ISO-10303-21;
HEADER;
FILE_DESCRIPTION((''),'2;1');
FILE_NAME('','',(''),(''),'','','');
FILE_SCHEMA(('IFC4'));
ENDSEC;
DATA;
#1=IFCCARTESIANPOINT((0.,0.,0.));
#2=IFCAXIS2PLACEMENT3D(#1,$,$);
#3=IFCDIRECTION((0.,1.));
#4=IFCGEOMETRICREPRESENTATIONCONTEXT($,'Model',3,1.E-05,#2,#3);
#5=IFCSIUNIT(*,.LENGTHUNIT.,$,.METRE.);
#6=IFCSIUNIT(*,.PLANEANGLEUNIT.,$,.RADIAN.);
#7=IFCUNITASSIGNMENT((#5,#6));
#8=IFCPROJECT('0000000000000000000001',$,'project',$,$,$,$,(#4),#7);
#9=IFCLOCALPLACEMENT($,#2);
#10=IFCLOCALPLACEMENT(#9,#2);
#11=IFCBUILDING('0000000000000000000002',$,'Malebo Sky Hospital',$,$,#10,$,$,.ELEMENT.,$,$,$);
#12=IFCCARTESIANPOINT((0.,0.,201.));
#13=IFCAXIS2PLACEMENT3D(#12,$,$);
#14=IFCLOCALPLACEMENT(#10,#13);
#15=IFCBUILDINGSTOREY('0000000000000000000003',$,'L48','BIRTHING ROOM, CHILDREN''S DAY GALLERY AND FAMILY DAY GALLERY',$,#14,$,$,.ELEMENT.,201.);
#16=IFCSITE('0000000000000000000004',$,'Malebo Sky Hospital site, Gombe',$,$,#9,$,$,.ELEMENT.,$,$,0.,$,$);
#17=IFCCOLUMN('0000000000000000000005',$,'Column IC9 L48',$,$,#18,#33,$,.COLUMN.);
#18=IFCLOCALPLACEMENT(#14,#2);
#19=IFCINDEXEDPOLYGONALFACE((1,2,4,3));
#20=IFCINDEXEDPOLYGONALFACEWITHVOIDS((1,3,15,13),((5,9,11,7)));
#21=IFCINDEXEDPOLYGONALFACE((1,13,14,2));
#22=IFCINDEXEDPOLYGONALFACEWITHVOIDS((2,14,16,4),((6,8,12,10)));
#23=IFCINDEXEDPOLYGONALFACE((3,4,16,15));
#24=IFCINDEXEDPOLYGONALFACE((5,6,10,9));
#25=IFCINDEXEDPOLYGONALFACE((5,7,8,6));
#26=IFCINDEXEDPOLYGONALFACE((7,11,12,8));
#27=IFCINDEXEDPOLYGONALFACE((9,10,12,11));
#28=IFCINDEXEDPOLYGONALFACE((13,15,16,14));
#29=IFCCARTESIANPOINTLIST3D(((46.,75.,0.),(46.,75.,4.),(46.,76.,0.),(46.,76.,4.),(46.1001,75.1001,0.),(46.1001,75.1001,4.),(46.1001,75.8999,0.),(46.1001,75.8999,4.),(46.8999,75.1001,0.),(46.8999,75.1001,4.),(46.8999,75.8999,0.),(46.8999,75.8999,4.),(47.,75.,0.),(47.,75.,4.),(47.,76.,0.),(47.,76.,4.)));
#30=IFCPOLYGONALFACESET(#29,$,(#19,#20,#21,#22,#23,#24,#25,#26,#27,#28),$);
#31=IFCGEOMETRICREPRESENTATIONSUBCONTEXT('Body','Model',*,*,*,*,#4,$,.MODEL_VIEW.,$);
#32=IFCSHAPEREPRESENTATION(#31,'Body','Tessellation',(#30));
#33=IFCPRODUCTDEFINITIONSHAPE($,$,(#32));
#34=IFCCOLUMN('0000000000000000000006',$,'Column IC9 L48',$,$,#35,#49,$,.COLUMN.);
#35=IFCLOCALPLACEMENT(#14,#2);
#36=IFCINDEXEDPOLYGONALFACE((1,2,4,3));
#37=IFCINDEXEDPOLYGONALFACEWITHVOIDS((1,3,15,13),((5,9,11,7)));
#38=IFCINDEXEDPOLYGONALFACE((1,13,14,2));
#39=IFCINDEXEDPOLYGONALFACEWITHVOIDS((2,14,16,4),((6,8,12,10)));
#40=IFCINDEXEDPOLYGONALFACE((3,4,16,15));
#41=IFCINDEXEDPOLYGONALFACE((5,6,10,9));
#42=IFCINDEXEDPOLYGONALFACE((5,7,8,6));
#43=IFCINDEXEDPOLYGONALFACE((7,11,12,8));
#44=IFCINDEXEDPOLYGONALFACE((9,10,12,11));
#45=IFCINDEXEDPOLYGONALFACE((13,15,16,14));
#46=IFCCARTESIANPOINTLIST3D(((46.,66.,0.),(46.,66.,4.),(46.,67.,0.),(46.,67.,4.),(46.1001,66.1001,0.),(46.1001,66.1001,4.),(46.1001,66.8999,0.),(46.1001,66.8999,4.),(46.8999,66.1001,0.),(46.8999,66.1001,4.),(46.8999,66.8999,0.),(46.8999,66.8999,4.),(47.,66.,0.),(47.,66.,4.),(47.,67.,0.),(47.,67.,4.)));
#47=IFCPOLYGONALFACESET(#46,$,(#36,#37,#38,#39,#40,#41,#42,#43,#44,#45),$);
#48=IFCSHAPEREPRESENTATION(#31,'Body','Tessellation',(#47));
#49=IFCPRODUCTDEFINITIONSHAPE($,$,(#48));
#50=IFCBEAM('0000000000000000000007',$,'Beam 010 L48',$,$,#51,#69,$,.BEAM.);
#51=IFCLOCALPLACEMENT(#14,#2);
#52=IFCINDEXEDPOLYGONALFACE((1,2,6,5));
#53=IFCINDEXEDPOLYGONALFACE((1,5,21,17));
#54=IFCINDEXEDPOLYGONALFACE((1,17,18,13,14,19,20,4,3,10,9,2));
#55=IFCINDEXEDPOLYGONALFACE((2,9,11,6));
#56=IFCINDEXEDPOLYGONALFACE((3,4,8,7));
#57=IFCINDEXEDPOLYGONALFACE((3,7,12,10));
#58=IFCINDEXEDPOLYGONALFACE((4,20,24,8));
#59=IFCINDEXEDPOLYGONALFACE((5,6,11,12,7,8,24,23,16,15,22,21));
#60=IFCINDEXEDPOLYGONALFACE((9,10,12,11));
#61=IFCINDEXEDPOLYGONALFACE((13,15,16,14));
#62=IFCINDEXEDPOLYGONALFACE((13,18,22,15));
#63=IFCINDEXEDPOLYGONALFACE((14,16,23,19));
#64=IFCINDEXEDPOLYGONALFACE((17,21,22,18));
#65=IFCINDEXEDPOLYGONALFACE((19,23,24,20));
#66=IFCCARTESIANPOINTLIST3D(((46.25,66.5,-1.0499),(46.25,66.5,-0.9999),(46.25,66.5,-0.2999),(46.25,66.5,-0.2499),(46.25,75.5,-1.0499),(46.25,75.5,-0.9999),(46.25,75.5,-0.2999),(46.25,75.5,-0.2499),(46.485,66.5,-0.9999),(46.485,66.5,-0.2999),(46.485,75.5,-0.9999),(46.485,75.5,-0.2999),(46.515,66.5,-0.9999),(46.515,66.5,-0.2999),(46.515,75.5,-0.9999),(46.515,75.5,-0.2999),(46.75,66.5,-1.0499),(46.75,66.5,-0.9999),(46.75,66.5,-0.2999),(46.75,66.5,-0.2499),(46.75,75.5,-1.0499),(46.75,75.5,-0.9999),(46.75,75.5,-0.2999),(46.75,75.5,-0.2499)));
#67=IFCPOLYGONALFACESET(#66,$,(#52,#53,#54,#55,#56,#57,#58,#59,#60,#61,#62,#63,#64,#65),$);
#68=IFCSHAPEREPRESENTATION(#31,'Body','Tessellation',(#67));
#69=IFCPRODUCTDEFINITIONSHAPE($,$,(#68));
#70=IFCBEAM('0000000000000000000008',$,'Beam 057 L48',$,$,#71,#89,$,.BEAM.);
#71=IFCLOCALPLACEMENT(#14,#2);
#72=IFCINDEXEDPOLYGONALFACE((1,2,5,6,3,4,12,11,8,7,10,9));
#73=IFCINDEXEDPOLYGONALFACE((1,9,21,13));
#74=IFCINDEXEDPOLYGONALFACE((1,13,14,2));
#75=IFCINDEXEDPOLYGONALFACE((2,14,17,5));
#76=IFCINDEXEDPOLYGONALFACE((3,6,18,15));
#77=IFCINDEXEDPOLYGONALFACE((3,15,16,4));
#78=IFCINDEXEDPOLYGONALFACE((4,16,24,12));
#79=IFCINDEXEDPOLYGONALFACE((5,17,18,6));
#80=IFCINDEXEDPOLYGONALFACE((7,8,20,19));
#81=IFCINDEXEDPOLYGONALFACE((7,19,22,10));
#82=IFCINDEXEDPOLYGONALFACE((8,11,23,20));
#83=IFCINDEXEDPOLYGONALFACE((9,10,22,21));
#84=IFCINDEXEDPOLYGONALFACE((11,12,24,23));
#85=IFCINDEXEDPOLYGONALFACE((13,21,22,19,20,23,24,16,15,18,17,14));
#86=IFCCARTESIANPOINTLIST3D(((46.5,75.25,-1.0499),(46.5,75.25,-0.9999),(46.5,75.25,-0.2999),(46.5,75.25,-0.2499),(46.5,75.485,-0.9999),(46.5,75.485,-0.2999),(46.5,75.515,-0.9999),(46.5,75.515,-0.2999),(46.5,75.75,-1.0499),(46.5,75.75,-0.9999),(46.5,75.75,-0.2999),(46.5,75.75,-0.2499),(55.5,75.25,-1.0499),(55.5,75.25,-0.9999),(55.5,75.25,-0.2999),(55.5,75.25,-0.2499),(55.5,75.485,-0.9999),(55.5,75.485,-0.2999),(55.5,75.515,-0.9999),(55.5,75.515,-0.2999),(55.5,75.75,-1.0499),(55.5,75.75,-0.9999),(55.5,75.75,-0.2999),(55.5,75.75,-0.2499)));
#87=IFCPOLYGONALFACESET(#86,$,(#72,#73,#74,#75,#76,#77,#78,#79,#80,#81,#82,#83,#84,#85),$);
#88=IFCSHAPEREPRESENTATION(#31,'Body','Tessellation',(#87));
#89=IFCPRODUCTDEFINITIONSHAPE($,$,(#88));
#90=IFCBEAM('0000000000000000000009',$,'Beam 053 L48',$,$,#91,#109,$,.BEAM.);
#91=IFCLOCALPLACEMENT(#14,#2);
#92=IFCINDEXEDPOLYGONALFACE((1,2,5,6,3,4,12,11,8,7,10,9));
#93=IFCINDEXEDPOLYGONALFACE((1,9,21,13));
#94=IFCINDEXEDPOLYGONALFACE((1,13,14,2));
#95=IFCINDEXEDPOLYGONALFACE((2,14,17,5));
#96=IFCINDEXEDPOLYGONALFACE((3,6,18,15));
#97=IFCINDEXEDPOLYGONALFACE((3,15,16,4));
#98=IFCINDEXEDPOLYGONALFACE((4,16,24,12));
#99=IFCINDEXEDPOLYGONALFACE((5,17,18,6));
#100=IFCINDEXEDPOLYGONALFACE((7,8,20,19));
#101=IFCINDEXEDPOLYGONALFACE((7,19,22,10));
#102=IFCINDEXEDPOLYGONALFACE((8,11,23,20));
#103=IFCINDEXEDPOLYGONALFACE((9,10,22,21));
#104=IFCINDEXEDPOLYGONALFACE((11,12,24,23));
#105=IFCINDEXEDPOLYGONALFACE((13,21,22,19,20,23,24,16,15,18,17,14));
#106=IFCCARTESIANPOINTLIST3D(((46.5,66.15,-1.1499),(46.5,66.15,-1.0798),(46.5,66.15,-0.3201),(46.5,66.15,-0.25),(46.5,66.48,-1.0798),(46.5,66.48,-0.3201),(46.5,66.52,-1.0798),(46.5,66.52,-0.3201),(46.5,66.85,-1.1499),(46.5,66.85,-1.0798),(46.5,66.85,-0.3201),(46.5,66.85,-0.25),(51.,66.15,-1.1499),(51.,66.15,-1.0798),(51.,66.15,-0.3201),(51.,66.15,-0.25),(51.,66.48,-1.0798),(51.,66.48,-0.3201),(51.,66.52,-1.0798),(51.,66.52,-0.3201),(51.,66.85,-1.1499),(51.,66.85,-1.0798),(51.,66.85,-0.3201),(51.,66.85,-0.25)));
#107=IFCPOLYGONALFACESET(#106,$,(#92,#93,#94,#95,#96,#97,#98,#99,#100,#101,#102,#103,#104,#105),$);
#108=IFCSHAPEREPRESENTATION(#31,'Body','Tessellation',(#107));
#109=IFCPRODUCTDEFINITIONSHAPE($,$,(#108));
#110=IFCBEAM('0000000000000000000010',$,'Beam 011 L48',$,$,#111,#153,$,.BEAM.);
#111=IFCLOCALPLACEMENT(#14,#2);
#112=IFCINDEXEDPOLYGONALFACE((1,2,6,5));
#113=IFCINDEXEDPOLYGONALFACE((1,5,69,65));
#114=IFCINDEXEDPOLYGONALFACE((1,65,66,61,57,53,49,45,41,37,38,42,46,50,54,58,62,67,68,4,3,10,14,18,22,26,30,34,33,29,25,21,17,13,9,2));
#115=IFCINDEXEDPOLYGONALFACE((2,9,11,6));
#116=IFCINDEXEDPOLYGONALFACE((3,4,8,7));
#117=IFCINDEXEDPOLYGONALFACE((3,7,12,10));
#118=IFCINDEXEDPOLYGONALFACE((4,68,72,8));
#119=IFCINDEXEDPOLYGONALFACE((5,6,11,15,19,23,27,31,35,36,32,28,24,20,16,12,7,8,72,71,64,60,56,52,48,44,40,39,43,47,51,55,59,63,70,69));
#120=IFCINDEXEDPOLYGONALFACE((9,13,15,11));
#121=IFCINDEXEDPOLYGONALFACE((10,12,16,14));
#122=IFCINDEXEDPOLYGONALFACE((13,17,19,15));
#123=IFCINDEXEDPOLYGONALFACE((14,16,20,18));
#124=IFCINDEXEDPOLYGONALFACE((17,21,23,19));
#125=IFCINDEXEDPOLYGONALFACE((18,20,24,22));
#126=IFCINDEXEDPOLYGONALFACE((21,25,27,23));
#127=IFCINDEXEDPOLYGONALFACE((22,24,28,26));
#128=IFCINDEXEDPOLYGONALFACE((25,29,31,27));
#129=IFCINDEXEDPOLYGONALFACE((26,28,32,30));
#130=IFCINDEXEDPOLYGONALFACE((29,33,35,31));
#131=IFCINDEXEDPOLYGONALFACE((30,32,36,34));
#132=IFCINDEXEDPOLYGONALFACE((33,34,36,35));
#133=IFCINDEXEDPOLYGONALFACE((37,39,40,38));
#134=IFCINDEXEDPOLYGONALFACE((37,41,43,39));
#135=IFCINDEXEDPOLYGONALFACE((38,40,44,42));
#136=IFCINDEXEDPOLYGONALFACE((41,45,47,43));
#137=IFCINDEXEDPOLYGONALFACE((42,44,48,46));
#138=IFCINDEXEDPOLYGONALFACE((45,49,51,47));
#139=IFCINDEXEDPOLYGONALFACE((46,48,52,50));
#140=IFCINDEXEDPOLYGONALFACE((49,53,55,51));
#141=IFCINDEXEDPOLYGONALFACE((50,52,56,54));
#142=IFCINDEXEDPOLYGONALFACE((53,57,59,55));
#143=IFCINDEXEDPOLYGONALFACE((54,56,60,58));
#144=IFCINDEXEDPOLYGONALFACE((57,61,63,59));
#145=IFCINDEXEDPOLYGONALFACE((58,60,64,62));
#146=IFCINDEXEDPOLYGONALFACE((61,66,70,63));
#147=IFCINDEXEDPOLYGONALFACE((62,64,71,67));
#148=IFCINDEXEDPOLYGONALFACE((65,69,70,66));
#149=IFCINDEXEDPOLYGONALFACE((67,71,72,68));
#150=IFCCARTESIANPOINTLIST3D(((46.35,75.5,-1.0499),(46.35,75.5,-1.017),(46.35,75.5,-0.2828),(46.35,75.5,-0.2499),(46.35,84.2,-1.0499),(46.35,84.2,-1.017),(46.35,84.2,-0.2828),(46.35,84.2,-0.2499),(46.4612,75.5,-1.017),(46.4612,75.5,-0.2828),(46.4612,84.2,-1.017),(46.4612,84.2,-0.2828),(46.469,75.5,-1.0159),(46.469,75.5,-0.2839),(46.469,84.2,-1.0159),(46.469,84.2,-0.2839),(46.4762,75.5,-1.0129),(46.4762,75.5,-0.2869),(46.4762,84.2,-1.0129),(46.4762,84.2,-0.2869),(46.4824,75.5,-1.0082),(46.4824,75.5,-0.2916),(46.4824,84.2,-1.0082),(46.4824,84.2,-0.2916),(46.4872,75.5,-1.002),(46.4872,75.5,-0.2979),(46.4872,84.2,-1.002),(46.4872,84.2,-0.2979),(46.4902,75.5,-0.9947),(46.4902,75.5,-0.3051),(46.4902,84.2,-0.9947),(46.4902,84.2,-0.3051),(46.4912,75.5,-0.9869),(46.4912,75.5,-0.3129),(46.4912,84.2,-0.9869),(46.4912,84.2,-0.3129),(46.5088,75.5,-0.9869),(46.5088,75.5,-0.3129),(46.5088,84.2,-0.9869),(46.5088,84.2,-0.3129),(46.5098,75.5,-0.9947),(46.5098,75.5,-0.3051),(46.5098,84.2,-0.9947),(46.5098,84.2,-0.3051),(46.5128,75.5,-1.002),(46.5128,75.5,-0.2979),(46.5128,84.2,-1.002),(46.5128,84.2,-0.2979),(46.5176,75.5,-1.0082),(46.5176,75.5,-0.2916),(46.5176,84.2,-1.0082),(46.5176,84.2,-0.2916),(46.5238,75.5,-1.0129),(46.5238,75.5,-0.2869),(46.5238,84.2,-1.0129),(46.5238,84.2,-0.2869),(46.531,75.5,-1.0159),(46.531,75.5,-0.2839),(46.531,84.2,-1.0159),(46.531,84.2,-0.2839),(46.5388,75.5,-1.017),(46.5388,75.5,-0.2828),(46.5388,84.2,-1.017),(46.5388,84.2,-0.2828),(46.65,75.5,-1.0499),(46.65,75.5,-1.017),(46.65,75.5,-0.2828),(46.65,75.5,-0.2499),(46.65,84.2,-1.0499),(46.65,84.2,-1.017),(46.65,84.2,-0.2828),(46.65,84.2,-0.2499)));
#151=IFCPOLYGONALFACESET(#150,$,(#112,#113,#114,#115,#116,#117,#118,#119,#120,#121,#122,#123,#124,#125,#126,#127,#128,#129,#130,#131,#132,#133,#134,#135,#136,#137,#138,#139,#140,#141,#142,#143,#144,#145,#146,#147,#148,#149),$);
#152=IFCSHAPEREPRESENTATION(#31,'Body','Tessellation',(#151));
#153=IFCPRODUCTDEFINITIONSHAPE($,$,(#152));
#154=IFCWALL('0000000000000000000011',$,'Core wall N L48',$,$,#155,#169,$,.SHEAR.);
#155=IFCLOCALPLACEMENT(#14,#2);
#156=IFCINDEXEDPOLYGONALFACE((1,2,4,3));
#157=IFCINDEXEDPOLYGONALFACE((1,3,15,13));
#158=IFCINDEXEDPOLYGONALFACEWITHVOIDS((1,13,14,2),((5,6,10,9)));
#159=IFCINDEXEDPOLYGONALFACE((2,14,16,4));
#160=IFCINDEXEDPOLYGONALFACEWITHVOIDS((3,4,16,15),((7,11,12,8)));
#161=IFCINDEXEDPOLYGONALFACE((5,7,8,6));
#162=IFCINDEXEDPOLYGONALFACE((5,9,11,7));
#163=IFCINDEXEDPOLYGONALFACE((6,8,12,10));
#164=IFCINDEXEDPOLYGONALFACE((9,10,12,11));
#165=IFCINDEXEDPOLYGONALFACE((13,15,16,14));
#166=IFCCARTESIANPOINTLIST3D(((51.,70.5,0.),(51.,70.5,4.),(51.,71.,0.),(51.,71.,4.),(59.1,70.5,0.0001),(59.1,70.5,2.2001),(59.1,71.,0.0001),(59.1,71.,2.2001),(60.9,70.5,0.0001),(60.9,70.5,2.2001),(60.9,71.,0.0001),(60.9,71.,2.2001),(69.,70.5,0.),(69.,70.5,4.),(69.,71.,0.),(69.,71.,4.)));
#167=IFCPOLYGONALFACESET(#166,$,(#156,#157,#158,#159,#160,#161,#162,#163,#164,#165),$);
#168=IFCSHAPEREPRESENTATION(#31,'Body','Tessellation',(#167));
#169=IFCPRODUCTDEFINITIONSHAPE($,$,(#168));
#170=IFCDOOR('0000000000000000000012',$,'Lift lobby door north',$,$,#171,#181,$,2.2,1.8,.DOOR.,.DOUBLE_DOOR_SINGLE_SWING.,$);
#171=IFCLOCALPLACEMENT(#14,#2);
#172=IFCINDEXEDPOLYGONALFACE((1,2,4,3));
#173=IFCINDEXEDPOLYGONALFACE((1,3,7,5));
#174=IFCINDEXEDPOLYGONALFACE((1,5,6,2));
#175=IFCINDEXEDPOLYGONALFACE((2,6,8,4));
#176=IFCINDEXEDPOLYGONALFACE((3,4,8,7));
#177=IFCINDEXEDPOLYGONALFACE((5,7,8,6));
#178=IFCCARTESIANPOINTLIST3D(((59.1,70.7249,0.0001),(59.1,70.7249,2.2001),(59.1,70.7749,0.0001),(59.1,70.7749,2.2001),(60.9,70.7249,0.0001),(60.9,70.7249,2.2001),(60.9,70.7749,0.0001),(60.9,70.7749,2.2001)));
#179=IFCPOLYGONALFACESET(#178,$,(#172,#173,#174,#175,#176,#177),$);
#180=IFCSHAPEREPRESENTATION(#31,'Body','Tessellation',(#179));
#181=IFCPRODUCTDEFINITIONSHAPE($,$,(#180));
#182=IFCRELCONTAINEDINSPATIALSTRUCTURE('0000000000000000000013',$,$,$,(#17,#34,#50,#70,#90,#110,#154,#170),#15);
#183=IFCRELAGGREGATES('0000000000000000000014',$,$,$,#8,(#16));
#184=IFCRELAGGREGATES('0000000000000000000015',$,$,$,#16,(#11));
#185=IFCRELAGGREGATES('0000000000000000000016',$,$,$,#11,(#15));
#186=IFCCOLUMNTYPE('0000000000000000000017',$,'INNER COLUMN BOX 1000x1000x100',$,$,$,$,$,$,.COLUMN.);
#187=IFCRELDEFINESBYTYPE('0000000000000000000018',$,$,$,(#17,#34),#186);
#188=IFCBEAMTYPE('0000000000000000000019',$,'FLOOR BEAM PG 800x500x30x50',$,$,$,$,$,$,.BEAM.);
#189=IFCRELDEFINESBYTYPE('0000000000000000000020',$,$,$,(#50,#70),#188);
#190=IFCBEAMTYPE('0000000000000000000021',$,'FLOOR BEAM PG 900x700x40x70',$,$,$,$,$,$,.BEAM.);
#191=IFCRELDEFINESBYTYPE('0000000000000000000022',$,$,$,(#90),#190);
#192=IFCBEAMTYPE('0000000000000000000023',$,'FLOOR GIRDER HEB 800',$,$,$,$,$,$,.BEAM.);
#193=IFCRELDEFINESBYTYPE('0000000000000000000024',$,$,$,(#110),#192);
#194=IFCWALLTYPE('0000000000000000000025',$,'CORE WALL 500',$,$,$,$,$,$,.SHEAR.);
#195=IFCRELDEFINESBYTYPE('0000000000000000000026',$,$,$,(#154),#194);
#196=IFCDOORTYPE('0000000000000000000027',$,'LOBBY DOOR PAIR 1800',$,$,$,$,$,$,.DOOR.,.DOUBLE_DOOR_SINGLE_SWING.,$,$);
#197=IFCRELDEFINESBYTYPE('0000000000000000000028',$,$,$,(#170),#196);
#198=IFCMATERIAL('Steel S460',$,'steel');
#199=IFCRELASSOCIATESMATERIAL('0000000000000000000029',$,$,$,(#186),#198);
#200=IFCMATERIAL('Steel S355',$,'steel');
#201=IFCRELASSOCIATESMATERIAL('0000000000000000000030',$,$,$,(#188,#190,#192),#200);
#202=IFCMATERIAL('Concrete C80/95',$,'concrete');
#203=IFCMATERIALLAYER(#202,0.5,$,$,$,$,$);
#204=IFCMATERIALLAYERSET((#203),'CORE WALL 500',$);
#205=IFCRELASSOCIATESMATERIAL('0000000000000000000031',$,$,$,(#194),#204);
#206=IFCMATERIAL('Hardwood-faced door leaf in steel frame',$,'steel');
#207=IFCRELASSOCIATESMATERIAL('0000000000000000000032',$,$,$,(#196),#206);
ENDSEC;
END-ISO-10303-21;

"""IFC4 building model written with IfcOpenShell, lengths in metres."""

from ifc_helpers import new_model, si_unit, direction, frame, frame_2d, origin, origin_2d, place, context, subcontext, project, spatial, rectangle, hollow_rectangle, i_section, extrude, material, layer, layer_set, material_profile, profile_set, type_object, element, fill, save


model = new_model("IFC4")

# Units and contexts
model_context = context("Model", 3, precision=1e-05, world=origin(), true_north=direction((0.0, 1.0)))
body_context = subcontext(model_context, "Body", "Model", "MODEL_VIEW")
ifc_project = project(units=[si_unit("LENGTHUNIT", "METRE"), si_unit("PLANEANGLEUNIT", "RADIAN")], contexts=[model_context])

# Site, building, storey
site_placement = place(None, origin())
site = spatial("IfcSite", under=ifc_project, at=site_placement, Name="Malebo Sky Hospital site, Gombe", CompositionType="ELEMENT", RefElevation=0.0)
building_placement = place(site_placement, origin())
building = spatial("IfcBuilding", under=site, at=building_placement, Name="Malebo Sky Hospital", CompositionType="ELEMENT")
storey_placement = place(building_placement, frame((0.0, 0.0, 201.0)))
storey = spatial("IfcBuildingStorey", under=building, at=storey_placement, Name="L48", Description="BIRTHING ROOM, CHILDREN'S DAY GALLERY AND FAMILY DAY GALLERY", CompositionType="ELEMENT", Elevation=201.0)

# Columns
ifc_material_1 = material(Name="Steel S460", Category="steel")
ifc_material_profile_1 = material_profile(ifc_material_1, hollow_rectangle(XDim=1.0, YDim=1.0, WallThickness=0.1001, at=origin_2d()), Name="BOX 1000x1000x100")
ifc_profile_set_1 = profile_set([ifc_material_profile_1], Name="Steel S460")
column_type = type_object("IfcColumnType", Name="INNER COLUMN BOX 1000x1000x100", PredefinedType="COLUMN", material=ifc_profile_set_1)
for number, where, z_axis, x_axis, name in (
    (1, (46.5, 75.5, 0.0), (0.0, 0.0, 1.0), (1.0, 0.0, 0.0), "Column IC9 L48"),
    (2, (46.5, 66.5, 0.0), (0.0, 0.0, 1.0), (1.0, 0.0, 0.0), "Column IC9 L48"),
):
    element("IfcColumn", number, at=place(storey_placement, frame(where, z_axis=z_axis, x_axis=x_axis)), inside=storey, type_object=column_type, Name=name, PredefinedType="COLUMN", context=body_context, shape_type="SweptSolid", body=[
        extrude(hollow_rectangle(XDim=1.0, YDim=1.0, WallThickness=0.1001, at=origin_2d()), origin(), (0.0, 0.0, 1.0), 4.0),
    ])

# Beams
ifc_material_2 = material(Name="Steel S355", Category="steel")
ifc_material_profile_2 = material_profile(ifc_material_2, i_section(OverallWidth=0.5, OverallDepth=0.8, WebThickness=0.03, FlangeThickness=0.05, at=origin_2d()), Name="PG 800x500x30x50")
ifc_profile_set_2 = profile_set([ifc_material_profile_2], Name="Steel S355")
beam_type_1 = type_object("IfcBeamType", Name="FLOOR BEAM PG 800x500x30x50", PredefinedType="BEAM", material=ifc_profile_set_2)
for number, where, z_axis, x_axis, name in (
    (3, (46.5, 66.5, -0.6499), (0.0, 1.0, 0.0), (-1.0, 0.0, 0.0), "Beam 010 L48"),
    (4, (46.5, 75.5, -0.6499), (1.0, 0.0, 0.0), (0.0, 1.0, 0.0), "Beam 057 L48"),
):
    element("IfcBeam", number, at=place(storey_placement, frame(where, z_axis=z_axis, x_axis=x_axis)), inside=storey, type_object=beam_type_1, Name=name, PredefinedType="BEAM", context=body_context, shape_type="SweptSolid", body=[
        extrude(i_section(OverallWidth=0.5, OverallDepth=0.8, WebThickness=0.03, FlangeThickness=0.05, at=origin_2d()), origin(), (0.0, 0.0, 1.0), 9.0),
    ])
ifc_material_profile_3 = material_profile(ifc_material_2, i_section(OverallWidth=0.7, OverallDepth=0.8999, WebThickness=0.04, FlangeThickness=0.0701, at=origin_2d()), Name="PG 900x700x40x70")
ifc_profile_set_3 = profile_set([ifc_material_profile_3], Name="Steel S355")
beam_type_2 = type_object("IfcBeamType", Name="FLOOR BEAM PG 900x700x40x70", PredefinedType="BEAM", material=ifc_profile_set_3)
beam_1_placement = place(storey_placement, frame((46.5, 66.5, -0.7), z_axis=(1.0, 0.0, 0.0), x_axis=(0.0, 1.0, 0.0)))
element("IfcBeam", 5, at=beam_1_placement, inside=storey, type_object=beam_type_2, Name="Beam 053 L48", PredefinedType="BEAM", context=body_context, shape_type="SweptSolid", body=[
    extrude(i_section(OverallWidth=0.7, OverallDepth=0.8999, WebThickness=0.04, FlangeThickness=0.0701, at=origin_2d()), origin(), (0.0, 0.0, 1.0), 4.5),
])
ifc_material_profile_4 = material_profile(ifc_material_2, i_section(OverallWidth=0.3, OverallDepth=0.8, WebThickness=0.0176, FlangeThickness=0.033, FilletRadius=0.03, at=origin_2d()), Name="HEB 800")
ifc_profile_set_4 = profile_set([ifc_material_profile_4], Name="Steel S355")
beam_type_3 = type_object("IfcBeamType", Name="FLOOR GIRDER HEB 800", PredefinedType="BEAM", material=ifc_profile_set_4)
beam_2_placement = place(storey_placement, frame((46.5, 75.5, -0.6499), z_axis=(0.0, 1.0, 0.0), x_axis=(-1.0, 0.0, 0.0)))
element("IfcBeam", 6, at=beam_2_placement, inside=storey, type_object=beam_type_3, Name="Beam 011 L48", PredefinedType="BEAM", context=body_context, shape_type="SweptSolid", body=[
    extrude(i_section(OverallWidth=0.3, OverallDepth=0.8, WebThickness=0.0176, FlangeThickness=0.033, FilletRadius=0.03, at=origin_2d()), origin(), (0.0, 0.0, 1.0), 8.7),
])

# Wall, opening, door
ifc_material_3 = material(Name="Concrete C80/95", Category="concrete")
ifc_layer_1 = layer(ifc_material_3, 0.5)
ifc_layer_set_1 = layer_set([ifc_layer_1], Name="CORE WALL 500")
wall_type_1 = type_object("IfcWallType", Name="CORE WALL 500", PredefinedType="SHEAR", material=ifc_layer_set_1)
wall_1_placement = place(storey_placement, frame((51.0, 70.75, 0.0), z_axis=(0.0, 0.0, 1.0), x_axis=(1.0, 0.0, 0.0)))
wall_1 = element("IfcWall", 7, at=wall_1_placement, inside=storey, type_object=wall_type_1, Name="Core wall N L48", PredefinedType="SHEAR", context=body_context, shape_type="SweptSolid", body=[
    extrude(rectangle(XDim=18.0, YDim=0.5, at=frame_2d((9.0, 0.0))), origin(), (0.0, 0.0, 1.0), 4.0),
])
opening_1_placement = place(wall_1_placement, frame((8.1001, 0.0, 0.0)))
opening_1 = element("IfcOpeningElement", 8, at=opening_1_placement, cuts=wall_1, PredefinedType="OPENING", context=body_context, shape_type="SweptSolid", body=[
    extrude(rectangle(XDim=1.8, YDim=2.2, at=frame_2d((0.8999, 1.1001))), frame((0.0, 0.26, 0.0), z_axis=(0.0, -1.0, 0.0), x_axis=(1.0, 0.0, 0.0)), (0.0, 0.0, 1.0), 0.52),
])
ifc_material_4 = material(Name="Hardwood-faced door leaf in steel frame", Category="steel")
door_type_1 = type_object("IfcDoorType", Name="LOBBY DOOR PAIR 1800", OperationType="DOUBLE_DOOR_SINGLE_SWING", PredefinedType="DOOR", material=ifc_material_4)
door_1_placement = place(opening_1_placement, origin())
door_1 = element("IfcDoor", 9, at=door_1_placement, inside=storey, type_object=door_type_1, Name="Lift lobby door north", OperationType="DOUBLE_DOOR_SINGLE_SWING", OverallHeight=2.2, OverallWidth=1.8, PredefinedType="DOOR", context=body_context, shape_type="SweptSolid", body=[
    extrude(rectangle(XDim=1.8, YDim=2.2, at=frame_2d((0.8999, 1.1001))), frame((0.0, 0.0249, 0.0), z_axis=(0.0, -1.0, 0.0), x_axis=(1.0, 0.0, 0.0)), (0.0, 0.0, 1.0), 0.05),
])
fill(opening_1, door_1)

save(model, "model.ifc")
